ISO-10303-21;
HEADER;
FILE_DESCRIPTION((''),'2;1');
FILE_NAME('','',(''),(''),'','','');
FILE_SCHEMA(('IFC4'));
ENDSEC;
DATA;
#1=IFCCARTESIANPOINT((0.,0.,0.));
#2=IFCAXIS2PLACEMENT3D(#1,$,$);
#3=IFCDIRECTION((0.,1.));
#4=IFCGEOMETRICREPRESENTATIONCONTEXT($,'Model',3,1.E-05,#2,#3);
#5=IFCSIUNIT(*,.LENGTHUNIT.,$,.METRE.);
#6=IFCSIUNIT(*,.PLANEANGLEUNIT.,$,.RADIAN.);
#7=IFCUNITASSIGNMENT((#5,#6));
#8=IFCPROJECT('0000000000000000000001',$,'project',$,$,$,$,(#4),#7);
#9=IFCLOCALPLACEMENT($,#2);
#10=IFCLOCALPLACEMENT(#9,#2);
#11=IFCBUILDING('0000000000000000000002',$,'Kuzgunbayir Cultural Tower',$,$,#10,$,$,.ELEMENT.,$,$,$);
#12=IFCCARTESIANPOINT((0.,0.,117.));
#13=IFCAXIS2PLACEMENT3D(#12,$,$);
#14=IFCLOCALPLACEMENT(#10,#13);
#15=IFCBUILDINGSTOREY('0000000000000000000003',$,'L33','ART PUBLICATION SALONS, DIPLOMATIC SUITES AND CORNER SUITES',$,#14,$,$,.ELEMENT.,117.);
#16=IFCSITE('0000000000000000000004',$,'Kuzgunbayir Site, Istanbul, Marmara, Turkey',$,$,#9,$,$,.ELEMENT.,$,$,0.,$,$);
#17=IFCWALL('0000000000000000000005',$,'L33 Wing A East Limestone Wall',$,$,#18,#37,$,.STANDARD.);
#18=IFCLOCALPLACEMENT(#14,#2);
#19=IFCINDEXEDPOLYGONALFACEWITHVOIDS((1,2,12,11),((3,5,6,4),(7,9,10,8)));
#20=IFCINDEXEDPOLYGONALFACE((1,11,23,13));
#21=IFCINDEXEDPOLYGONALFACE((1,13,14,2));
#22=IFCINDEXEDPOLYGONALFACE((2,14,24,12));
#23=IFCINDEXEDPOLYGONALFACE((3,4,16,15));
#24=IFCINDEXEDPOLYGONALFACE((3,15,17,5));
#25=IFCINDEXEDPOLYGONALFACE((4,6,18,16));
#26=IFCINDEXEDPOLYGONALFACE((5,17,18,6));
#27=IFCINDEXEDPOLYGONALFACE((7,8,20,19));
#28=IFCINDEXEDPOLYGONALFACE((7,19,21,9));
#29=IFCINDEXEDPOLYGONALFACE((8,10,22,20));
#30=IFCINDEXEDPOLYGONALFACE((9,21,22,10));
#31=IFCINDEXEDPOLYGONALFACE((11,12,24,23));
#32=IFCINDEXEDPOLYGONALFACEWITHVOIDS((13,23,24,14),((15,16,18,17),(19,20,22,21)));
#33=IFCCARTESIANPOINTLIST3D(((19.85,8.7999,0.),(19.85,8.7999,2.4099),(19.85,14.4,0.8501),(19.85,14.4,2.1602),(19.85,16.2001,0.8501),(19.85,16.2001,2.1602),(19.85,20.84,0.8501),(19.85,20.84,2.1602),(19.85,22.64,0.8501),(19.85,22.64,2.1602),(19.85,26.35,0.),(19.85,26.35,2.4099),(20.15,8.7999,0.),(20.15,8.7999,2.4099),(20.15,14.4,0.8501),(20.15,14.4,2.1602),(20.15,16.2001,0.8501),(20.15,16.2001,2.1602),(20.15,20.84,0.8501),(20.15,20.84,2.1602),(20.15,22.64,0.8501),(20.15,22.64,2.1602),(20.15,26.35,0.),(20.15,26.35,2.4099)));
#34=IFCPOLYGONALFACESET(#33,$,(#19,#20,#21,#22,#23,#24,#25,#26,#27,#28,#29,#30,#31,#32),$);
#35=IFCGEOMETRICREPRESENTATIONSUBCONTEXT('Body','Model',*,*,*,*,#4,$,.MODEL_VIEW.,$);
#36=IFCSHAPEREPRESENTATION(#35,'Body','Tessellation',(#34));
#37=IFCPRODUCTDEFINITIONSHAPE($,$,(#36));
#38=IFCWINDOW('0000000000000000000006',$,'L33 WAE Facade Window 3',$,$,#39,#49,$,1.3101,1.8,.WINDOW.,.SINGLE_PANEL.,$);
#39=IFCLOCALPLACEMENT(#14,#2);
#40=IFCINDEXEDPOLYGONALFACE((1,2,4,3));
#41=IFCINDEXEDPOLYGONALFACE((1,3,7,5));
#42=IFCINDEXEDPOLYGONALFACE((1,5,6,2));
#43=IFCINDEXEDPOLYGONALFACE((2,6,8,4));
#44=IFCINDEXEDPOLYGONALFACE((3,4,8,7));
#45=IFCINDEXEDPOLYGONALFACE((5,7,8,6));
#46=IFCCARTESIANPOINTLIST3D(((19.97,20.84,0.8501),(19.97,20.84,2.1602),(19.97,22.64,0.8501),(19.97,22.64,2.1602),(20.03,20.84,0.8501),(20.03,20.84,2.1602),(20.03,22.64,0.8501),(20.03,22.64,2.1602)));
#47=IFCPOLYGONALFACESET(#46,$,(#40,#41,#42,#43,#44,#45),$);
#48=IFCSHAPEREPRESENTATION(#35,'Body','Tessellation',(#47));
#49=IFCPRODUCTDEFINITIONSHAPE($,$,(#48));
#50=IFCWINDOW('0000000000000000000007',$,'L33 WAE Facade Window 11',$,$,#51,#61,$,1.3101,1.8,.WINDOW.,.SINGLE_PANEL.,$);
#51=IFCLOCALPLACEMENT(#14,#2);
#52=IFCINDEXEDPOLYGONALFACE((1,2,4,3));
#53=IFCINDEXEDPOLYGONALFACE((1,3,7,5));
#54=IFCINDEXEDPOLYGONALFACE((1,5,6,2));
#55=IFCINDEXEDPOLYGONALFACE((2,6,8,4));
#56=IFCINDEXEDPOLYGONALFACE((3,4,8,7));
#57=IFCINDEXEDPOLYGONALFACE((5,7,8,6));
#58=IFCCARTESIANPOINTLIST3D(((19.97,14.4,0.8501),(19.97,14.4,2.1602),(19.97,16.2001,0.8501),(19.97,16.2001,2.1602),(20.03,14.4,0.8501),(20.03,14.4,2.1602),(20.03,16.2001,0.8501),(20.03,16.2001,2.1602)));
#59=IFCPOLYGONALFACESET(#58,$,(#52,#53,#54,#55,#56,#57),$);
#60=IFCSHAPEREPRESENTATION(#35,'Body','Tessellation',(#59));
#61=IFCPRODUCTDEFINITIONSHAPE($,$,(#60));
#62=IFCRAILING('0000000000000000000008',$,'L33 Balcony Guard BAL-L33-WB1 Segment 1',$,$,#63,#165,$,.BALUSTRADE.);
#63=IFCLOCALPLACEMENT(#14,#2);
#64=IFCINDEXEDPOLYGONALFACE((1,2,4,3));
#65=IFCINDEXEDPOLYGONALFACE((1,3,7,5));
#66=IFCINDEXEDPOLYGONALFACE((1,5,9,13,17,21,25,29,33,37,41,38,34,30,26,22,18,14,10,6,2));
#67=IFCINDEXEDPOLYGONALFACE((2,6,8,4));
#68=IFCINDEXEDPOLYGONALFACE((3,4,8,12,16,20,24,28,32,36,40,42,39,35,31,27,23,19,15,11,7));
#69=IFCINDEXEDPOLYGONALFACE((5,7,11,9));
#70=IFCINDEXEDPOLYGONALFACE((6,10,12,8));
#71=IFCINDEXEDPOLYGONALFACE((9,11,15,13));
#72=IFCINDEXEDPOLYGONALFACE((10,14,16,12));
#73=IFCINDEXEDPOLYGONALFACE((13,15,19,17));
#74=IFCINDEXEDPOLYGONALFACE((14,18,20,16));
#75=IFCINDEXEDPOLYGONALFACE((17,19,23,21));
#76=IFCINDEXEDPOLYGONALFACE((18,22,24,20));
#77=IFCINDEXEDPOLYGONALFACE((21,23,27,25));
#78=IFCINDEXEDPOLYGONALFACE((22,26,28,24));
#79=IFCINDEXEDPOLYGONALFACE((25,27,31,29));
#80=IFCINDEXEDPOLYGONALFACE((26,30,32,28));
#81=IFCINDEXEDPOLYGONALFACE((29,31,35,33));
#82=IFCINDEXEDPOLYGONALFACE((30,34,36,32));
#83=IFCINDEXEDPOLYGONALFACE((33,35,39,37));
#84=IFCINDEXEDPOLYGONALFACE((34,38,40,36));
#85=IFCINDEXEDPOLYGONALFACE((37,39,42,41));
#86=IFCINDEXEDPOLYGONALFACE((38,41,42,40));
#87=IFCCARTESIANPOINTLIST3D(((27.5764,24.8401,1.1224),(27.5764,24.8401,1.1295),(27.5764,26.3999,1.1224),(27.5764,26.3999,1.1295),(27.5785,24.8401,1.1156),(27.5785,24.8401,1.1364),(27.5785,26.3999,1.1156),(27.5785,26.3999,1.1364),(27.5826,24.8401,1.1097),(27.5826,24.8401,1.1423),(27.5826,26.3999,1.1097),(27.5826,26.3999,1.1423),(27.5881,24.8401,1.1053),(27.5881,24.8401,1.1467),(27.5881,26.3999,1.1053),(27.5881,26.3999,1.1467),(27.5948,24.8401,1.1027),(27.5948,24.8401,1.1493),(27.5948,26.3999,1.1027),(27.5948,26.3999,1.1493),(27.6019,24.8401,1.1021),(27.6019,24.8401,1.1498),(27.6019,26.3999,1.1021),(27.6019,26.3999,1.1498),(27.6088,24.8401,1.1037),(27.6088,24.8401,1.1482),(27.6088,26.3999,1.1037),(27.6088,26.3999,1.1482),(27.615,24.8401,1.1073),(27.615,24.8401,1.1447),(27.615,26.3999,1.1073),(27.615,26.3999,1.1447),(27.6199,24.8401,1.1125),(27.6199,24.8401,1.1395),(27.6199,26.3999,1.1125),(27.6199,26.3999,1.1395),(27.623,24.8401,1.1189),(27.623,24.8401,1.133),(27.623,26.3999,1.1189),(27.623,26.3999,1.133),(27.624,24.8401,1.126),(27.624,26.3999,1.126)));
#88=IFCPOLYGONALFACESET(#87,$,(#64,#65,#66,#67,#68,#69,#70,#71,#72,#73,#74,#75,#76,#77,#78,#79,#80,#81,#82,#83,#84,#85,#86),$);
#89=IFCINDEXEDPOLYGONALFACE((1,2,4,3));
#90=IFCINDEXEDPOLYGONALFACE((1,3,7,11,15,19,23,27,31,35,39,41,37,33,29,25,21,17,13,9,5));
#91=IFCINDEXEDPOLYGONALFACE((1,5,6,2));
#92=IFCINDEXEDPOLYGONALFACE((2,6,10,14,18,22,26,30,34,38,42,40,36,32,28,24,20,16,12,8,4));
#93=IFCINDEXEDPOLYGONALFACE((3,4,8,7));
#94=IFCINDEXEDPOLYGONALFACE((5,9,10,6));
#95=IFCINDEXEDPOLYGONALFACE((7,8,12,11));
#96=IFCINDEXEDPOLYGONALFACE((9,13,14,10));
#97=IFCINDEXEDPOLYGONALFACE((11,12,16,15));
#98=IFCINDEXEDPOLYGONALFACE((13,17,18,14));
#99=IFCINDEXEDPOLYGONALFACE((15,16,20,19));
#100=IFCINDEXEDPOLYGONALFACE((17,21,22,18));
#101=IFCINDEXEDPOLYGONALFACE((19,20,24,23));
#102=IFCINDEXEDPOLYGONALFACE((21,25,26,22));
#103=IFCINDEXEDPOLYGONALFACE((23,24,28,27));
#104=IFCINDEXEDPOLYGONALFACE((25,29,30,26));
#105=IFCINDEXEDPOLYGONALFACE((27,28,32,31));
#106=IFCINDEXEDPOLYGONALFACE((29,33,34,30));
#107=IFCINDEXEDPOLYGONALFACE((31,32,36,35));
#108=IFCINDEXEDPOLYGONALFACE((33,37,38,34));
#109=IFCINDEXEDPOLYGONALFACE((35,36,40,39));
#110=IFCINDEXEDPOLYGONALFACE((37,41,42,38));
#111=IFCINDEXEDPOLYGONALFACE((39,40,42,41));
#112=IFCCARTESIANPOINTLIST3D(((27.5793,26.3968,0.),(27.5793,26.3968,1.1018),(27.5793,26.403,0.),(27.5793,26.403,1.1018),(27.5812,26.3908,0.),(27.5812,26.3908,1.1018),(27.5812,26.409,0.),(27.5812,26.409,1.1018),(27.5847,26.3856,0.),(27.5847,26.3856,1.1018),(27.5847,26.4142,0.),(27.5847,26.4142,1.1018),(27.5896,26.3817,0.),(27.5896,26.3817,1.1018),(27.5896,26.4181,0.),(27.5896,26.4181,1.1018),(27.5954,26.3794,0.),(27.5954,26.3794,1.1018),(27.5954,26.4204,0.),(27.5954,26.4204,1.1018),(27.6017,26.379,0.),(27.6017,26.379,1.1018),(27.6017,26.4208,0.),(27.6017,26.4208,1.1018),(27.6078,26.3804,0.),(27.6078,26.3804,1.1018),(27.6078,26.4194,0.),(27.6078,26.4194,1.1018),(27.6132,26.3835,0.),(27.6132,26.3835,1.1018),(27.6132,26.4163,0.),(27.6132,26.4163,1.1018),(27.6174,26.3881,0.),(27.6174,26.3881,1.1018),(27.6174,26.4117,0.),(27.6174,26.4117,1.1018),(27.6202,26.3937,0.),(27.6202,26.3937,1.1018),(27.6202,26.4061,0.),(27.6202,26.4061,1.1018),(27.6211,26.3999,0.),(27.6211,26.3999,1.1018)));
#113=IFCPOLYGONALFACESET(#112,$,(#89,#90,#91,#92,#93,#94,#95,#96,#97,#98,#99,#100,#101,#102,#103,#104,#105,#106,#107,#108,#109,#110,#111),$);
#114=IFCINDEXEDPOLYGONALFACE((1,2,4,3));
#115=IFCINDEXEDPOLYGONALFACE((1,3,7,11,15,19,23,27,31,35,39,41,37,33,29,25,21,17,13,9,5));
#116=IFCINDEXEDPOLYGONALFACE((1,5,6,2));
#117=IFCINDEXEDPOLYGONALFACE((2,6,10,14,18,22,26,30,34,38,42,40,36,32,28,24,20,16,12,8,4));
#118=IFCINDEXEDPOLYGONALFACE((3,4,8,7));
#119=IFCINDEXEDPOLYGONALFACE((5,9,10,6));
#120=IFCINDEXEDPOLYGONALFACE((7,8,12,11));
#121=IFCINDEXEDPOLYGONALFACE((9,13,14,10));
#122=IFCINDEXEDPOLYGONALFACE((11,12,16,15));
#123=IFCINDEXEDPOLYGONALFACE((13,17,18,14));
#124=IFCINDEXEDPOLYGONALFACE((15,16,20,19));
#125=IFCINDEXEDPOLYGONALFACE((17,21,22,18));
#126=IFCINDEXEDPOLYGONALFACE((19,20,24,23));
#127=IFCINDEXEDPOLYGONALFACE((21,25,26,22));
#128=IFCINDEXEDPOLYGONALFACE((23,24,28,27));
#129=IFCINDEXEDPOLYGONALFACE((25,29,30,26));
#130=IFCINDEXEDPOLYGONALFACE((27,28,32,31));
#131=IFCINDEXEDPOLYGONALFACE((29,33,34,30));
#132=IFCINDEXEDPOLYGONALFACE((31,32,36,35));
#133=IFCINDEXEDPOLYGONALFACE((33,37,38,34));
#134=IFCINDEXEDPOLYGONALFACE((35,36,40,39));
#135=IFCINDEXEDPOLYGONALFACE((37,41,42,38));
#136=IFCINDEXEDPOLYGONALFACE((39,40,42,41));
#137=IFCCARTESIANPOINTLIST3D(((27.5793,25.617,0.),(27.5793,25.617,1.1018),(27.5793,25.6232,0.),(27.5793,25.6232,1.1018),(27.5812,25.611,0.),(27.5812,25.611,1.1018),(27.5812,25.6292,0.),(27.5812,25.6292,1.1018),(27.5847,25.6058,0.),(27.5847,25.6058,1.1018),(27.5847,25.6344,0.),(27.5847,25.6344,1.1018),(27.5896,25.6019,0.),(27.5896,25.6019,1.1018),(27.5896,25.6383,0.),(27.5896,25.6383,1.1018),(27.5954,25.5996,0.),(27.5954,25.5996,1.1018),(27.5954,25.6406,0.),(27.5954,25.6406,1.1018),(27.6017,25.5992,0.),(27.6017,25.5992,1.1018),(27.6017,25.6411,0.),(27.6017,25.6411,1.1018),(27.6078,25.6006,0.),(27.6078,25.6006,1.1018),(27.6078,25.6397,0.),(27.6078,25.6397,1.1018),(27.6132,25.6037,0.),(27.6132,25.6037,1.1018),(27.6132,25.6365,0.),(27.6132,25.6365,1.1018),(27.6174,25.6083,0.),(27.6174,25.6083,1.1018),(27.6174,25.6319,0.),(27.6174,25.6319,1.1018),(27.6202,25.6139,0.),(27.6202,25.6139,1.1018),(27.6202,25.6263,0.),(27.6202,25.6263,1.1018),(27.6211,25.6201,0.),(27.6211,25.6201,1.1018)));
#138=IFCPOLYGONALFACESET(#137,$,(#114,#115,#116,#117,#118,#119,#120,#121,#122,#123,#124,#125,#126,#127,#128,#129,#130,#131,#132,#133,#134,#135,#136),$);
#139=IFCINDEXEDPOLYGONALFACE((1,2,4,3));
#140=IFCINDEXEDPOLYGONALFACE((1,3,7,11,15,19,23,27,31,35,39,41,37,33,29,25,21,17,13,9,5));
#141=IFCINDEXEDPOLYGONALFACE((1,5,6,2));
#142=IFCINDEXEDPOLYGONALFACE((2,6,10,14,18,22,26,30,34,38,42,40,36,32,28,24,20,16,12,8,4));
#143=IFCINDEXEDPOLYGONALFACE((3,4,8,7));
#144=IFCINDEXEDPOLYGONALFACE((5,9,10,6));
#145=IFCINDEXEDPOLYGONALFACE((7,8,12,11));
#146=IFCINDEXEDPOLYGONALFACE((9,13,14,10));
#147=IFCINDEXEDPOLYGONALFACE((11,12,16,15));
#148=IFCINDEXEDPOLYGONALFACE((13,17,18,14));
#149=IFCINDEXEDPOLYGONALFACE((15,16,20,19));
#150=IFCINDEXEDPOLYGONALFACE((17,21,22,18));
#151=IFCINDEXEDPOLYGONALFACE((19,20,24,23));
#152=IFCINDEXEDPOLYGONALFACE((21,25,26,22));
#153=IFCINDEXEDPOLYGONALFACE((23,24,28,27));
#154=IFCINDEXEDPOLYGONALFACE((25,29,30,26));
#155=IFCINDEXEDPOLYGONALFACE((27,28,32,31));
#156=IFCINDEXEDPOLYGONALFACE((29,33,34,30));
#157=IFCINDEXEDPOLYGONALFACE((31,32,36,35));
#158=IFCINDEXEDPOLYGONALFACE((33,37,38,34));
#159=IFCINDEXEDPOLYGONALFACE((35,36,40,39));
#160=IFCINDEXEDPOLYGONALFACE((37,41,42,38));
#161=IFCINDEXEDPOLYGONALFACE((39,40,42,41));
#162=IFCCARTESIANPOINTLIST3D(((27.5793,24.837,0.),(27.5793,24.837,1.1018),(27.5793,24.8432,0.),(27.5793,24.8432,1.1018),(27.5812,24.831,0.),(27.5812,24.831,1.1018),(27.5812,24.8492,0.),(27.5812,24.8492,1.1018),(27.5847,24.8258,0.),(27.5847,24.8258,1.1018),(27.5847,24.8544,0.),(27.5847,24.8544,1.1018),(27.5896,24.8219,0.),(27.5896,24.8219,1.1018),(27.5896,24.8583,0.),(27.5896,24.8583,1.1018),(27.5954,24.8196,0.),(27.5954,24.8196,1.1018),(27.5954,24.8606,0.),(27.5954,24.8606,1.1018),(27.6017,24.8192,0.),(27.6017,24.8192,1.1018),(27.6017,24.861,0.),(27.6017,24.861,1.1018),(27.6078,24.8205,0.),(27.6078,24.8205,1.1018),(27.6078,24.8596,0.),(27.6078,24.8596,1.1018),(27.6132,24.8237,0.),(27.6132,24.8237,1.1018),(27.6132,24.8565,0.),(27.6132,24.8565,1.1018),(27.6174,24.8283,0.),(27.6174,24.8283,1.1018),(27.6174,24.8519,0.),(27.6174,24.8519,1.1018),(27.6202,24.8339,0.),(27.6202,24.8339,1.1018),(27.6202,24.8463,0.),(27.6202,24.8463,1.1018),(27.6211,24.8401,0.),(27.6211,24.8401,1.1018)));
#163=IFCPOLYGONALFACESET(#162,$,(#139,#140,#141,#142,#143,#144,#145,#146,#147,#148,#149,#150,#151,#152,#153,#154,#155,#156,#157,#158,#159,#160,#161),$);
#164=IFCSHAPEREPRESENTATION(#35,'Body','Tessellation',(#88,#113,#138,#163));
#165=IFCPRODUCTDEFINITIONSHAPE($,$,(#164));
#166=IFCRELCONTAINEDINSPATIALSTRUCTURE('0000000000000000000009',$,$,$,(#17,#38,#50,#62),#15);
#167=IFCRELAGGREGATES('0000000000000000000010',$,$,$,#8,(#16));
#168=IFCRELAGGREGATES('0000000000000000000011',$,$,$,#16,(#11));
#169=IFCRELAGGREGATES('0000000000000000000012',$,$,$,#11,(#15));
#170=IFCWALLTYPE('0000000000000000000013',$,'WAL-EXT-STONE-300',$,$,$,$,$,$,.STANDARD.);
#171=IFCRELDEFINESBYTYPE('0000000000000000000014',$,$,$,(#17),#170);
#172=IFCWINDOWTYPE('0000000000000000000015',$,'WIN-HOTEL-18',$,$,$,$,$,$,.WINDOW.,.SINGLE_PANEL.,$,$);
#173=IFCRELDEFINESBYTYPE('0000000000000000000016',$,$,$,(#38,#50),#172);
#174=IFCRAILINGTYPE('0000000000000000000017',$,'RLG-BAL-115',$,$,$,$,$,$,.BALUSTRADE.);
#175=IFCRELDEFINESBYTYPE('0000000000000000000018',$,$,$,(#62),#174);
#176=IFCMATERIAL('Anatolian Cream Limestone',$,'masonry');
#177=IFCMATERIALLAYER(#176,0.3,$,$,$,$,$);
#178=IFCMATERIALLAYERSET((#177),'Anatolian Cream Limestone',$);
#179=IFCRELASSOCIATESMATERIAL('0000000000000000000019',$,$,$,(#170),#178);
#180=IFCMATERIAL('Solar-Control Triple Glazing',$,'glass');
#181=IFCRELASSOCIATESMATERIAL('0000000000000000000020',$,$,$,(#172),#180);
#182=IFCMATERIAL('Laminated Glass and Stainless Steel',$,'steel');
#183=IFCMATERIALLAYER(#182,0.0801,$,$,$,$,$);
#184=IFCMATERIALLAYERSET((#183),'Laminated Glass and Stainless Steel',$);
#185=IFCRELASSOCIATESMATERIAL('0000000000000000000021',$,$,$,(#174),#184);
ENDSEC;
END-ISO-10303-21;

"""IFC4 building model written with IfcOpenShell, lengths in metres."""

from ifc_helpers import new_model, si_unit, direction, frame, frame_2d, origin, origin_2d, place, context, subcontext, project, spatial, rectangle, circle, extrude, material, layer, layer_set, type_object, element, fill, save


model = new_model("IFC4")

# Units and contexts
model_context = context("Model", 3, precision=1e-05, world=origin(), true_north=direction((0.0, 1.0)))
body_context = subcontext(model_context, "Body", "Model", "MODEL_VIEW")
ifc_project = project(units=[si_unit("LENGTHUNIT", "METRE"), si_unit("PLANEANGLEUNIT", "RADIAN")], contexts=[model_context])

# Site, building, storey
site_placement = place(None, origin())
site = spatial("IfcSite", under=ifc_project, at=site_placement, Name="Kuzgunbayir Site, Istanbul, Marmara, Turkey", CompositionType="ELEMENT", RefElevation=0.0)
building_placement = place(site_placement, origin())
building = spatial("IfcBuilding", under=site, at=building_placement, Name="Kuzgunbayir Cultural Tower", CompositionType="ELEMENT")
storey_placement = place(building_placement, frame((0.0, 0.0, 117.0)))
storey = spatial("IfcBuildingStorey", under=building, at=storey_placement, Name="L33", Description="ART PUBLICATION SALONS, DIPLOMATIC SUITES AND CORNER SUITES", CompositionType="ELEMENT", Elevation=117.0)

# Wall, openings, windows
ifc_material_1 = material(Name="Anatolian Cream Limestone", Category="masonry")
ifc_layer_1 = layer(ifc_material_1, 0.3)
ifc_layer_set_1 = layer_set([ifc_layer_1], Name="Anatolian Cream Limestone")
wall_type = type_object("IfcWallType", Name="WAL-EXT-STONE-300", PredefinedType="STANDARD", material=ifc_layer_set_1)
wall_placement = place(storey_placement, frame((20.0, 8.8, 0.0), z_axis=(0.0, 0.0, 1.0), x_axis=(0.0, 1.0, 0.0)))
wall = element("IfcWall", 1, at=wall_placement, inside=storey, type_object=wall_type, Name="L33 Wing A East Limestone Wall", PredefinedType="STANDARD", context=body_context, shape_type="SweptSolid", body=[
    extrude(rectangle(XDim=17.55, YDim=0.3, at=frame_2d((8.7749, 0.0))), origin(), (0.0, 0.0, 1.0), 2.4099),
])
opening_1_placement = place(wall_placement, frame((12.04, 0.0, 0.8501)))
opening_1 = element("IfcOpeningElement", 2, at=opening_1_placement, cuts=wall, PredefinedType="OPENING", context=body_context, shape_type="SweptSolid", body=[
    extrude(rectangle(XDim=1.8, YDim=1.3101, at=frame_2d((0.8999, 0.655))), frame((0.0, 0.1602, 0.0), z_axis=(0.0, -1.0, 0.0), x_axis=(1.0, 0.0, 0.0)), (0.0, 0.0, 1.0), 0.3201),
])
opening_2_placement = place(wall_placement, frame((5.6001, 0.0, 0.8501)))
opening_2 = element("IfcOpeningElement", 3, at=opening_2_placement, cuts=wall, PredefinedType="OPENING", context=body_context, shape_type="SweptSolid", body=[
    extrude(rectangle(XDim=1.8, YDim=1.3101, at=frame_2d((0.8999, 0.655))), frame((0.0, 0.1602, 0.0), z_axis=(0.0, -1.0, 0.0), x_axis=(1.0, 0.0, 0.0)), (0.0, 0.0, 1.0), 0.3201),
])
ifc_material_2 = material(Name="Solar-Control Triple Glazing", Category="glass")
window_type = type_object("IfcWindowType", Name="WIN-HOTEL-18", PartitioningType="SINGLE_PANEL", PredefinedType="WINDOW", material=ifc_material_2)
window_1_placement = place(opening_1_placement, origin())
window_1 = element("IfcWindow", 4, at=window_1_placement, inside=storey, type_object=window_type, Name="L33 WAE Facade Window 3", OverallHeight=1.3101, OverallWidth=1.8, PartitioningType="SINGLE_PANEL", PredefinedType="WINDOW", context=body_context, shape_type="SweptSolid", body=[
    extrude(rectangle(XDim=1.8, YDim=1.3101, at=frame_2d((0.8999, 0.655))), frame((0.0, 0.03, 0.0), z_axis=(0.0, -1.0, 0.0), x_axis=(1.0, 0.0, 0.0)), (0.0, 0.0, 1.0), 0.0601),
])
fill(opening_1, window_1)
window_2_placement = place(opening_2_placement, origin())
window_2 = element("IfcWindow", 5, at=window_2_placement, inside=storey, type_object=window_type, Name="L33 WAE Facade Window 11", OverallHeight=1.3101, OverallWidth=1.8, PartitioningType="SINGLE_PANEL", PredefinedType="WINDOW", context=body_context, shape_type="SweptSolid", body=[
    extrude(rectangle(XDim=1.8, YDim=1.3101, at=frame_2d((0.8999, 0.655))), frame((0.0, 0.03, 0.0), z_axis=(0.0, -1.0, 0.0), x_axis=(1.0, 0.0, 0.0)), (0.0, 0.0, 1.0), 0.0601),
])
fill(opening_2, window_2)

# Railing
ifc_material_3 = material(Name="Laminated Glass and Stainless Steel", Category="steel")
ifc_layer_2 = layer(ifc_material_3, 0.0801)
ifc_layer_set_2 = layer_set([ifc_layer_2], Name="Laminated Glass and Stainless Steel")
railing_type = type_object("IfcRailingType", Name="RLG-BAL-115", PredefinedType="BALUSTRADE", material=ifc_layer_set_2)
railing_1_placement = place(storey_placement, frame((27.6001, 26.3999, 0.0)))
element("IfcRailing", 6, at=railing_1_placement, inside=storey, type_object=railing_type, Name="L33 Balcony Guard BAL-L33-WB1 Segment 1", PredefinedType="BALUSTRADE", context=body_context, shape_type="SweptSolid", body=[
    extrude(circle(Radius=0.0239, at=origin_2d()), frame((0.0, 0.0, 1.126), z_axis=(0.0, -1.0, 0.0), x_axis=(1.0, 0.0, 0.0)), (0.0, 0.0, 1.0), 1.5598),
    extrude(circle(Radius=0.021, at=origin_2d()), origin(), (0.0, 0.0, 1.0), 1.1018),
    extrude(circle(Radius=0.021, at=origin_2d()), frame((0.0, -0.7798, 0.0)), (0.0, 0.0, 1.0), 1.1018),
    extrude(circle(Radius=0.021, at=origin_2d()), frame((0.0, -1.5598, 0.0)), (0.0, 0.0, 1.0), 1.1018),
])

save(model, "model.ifc")
